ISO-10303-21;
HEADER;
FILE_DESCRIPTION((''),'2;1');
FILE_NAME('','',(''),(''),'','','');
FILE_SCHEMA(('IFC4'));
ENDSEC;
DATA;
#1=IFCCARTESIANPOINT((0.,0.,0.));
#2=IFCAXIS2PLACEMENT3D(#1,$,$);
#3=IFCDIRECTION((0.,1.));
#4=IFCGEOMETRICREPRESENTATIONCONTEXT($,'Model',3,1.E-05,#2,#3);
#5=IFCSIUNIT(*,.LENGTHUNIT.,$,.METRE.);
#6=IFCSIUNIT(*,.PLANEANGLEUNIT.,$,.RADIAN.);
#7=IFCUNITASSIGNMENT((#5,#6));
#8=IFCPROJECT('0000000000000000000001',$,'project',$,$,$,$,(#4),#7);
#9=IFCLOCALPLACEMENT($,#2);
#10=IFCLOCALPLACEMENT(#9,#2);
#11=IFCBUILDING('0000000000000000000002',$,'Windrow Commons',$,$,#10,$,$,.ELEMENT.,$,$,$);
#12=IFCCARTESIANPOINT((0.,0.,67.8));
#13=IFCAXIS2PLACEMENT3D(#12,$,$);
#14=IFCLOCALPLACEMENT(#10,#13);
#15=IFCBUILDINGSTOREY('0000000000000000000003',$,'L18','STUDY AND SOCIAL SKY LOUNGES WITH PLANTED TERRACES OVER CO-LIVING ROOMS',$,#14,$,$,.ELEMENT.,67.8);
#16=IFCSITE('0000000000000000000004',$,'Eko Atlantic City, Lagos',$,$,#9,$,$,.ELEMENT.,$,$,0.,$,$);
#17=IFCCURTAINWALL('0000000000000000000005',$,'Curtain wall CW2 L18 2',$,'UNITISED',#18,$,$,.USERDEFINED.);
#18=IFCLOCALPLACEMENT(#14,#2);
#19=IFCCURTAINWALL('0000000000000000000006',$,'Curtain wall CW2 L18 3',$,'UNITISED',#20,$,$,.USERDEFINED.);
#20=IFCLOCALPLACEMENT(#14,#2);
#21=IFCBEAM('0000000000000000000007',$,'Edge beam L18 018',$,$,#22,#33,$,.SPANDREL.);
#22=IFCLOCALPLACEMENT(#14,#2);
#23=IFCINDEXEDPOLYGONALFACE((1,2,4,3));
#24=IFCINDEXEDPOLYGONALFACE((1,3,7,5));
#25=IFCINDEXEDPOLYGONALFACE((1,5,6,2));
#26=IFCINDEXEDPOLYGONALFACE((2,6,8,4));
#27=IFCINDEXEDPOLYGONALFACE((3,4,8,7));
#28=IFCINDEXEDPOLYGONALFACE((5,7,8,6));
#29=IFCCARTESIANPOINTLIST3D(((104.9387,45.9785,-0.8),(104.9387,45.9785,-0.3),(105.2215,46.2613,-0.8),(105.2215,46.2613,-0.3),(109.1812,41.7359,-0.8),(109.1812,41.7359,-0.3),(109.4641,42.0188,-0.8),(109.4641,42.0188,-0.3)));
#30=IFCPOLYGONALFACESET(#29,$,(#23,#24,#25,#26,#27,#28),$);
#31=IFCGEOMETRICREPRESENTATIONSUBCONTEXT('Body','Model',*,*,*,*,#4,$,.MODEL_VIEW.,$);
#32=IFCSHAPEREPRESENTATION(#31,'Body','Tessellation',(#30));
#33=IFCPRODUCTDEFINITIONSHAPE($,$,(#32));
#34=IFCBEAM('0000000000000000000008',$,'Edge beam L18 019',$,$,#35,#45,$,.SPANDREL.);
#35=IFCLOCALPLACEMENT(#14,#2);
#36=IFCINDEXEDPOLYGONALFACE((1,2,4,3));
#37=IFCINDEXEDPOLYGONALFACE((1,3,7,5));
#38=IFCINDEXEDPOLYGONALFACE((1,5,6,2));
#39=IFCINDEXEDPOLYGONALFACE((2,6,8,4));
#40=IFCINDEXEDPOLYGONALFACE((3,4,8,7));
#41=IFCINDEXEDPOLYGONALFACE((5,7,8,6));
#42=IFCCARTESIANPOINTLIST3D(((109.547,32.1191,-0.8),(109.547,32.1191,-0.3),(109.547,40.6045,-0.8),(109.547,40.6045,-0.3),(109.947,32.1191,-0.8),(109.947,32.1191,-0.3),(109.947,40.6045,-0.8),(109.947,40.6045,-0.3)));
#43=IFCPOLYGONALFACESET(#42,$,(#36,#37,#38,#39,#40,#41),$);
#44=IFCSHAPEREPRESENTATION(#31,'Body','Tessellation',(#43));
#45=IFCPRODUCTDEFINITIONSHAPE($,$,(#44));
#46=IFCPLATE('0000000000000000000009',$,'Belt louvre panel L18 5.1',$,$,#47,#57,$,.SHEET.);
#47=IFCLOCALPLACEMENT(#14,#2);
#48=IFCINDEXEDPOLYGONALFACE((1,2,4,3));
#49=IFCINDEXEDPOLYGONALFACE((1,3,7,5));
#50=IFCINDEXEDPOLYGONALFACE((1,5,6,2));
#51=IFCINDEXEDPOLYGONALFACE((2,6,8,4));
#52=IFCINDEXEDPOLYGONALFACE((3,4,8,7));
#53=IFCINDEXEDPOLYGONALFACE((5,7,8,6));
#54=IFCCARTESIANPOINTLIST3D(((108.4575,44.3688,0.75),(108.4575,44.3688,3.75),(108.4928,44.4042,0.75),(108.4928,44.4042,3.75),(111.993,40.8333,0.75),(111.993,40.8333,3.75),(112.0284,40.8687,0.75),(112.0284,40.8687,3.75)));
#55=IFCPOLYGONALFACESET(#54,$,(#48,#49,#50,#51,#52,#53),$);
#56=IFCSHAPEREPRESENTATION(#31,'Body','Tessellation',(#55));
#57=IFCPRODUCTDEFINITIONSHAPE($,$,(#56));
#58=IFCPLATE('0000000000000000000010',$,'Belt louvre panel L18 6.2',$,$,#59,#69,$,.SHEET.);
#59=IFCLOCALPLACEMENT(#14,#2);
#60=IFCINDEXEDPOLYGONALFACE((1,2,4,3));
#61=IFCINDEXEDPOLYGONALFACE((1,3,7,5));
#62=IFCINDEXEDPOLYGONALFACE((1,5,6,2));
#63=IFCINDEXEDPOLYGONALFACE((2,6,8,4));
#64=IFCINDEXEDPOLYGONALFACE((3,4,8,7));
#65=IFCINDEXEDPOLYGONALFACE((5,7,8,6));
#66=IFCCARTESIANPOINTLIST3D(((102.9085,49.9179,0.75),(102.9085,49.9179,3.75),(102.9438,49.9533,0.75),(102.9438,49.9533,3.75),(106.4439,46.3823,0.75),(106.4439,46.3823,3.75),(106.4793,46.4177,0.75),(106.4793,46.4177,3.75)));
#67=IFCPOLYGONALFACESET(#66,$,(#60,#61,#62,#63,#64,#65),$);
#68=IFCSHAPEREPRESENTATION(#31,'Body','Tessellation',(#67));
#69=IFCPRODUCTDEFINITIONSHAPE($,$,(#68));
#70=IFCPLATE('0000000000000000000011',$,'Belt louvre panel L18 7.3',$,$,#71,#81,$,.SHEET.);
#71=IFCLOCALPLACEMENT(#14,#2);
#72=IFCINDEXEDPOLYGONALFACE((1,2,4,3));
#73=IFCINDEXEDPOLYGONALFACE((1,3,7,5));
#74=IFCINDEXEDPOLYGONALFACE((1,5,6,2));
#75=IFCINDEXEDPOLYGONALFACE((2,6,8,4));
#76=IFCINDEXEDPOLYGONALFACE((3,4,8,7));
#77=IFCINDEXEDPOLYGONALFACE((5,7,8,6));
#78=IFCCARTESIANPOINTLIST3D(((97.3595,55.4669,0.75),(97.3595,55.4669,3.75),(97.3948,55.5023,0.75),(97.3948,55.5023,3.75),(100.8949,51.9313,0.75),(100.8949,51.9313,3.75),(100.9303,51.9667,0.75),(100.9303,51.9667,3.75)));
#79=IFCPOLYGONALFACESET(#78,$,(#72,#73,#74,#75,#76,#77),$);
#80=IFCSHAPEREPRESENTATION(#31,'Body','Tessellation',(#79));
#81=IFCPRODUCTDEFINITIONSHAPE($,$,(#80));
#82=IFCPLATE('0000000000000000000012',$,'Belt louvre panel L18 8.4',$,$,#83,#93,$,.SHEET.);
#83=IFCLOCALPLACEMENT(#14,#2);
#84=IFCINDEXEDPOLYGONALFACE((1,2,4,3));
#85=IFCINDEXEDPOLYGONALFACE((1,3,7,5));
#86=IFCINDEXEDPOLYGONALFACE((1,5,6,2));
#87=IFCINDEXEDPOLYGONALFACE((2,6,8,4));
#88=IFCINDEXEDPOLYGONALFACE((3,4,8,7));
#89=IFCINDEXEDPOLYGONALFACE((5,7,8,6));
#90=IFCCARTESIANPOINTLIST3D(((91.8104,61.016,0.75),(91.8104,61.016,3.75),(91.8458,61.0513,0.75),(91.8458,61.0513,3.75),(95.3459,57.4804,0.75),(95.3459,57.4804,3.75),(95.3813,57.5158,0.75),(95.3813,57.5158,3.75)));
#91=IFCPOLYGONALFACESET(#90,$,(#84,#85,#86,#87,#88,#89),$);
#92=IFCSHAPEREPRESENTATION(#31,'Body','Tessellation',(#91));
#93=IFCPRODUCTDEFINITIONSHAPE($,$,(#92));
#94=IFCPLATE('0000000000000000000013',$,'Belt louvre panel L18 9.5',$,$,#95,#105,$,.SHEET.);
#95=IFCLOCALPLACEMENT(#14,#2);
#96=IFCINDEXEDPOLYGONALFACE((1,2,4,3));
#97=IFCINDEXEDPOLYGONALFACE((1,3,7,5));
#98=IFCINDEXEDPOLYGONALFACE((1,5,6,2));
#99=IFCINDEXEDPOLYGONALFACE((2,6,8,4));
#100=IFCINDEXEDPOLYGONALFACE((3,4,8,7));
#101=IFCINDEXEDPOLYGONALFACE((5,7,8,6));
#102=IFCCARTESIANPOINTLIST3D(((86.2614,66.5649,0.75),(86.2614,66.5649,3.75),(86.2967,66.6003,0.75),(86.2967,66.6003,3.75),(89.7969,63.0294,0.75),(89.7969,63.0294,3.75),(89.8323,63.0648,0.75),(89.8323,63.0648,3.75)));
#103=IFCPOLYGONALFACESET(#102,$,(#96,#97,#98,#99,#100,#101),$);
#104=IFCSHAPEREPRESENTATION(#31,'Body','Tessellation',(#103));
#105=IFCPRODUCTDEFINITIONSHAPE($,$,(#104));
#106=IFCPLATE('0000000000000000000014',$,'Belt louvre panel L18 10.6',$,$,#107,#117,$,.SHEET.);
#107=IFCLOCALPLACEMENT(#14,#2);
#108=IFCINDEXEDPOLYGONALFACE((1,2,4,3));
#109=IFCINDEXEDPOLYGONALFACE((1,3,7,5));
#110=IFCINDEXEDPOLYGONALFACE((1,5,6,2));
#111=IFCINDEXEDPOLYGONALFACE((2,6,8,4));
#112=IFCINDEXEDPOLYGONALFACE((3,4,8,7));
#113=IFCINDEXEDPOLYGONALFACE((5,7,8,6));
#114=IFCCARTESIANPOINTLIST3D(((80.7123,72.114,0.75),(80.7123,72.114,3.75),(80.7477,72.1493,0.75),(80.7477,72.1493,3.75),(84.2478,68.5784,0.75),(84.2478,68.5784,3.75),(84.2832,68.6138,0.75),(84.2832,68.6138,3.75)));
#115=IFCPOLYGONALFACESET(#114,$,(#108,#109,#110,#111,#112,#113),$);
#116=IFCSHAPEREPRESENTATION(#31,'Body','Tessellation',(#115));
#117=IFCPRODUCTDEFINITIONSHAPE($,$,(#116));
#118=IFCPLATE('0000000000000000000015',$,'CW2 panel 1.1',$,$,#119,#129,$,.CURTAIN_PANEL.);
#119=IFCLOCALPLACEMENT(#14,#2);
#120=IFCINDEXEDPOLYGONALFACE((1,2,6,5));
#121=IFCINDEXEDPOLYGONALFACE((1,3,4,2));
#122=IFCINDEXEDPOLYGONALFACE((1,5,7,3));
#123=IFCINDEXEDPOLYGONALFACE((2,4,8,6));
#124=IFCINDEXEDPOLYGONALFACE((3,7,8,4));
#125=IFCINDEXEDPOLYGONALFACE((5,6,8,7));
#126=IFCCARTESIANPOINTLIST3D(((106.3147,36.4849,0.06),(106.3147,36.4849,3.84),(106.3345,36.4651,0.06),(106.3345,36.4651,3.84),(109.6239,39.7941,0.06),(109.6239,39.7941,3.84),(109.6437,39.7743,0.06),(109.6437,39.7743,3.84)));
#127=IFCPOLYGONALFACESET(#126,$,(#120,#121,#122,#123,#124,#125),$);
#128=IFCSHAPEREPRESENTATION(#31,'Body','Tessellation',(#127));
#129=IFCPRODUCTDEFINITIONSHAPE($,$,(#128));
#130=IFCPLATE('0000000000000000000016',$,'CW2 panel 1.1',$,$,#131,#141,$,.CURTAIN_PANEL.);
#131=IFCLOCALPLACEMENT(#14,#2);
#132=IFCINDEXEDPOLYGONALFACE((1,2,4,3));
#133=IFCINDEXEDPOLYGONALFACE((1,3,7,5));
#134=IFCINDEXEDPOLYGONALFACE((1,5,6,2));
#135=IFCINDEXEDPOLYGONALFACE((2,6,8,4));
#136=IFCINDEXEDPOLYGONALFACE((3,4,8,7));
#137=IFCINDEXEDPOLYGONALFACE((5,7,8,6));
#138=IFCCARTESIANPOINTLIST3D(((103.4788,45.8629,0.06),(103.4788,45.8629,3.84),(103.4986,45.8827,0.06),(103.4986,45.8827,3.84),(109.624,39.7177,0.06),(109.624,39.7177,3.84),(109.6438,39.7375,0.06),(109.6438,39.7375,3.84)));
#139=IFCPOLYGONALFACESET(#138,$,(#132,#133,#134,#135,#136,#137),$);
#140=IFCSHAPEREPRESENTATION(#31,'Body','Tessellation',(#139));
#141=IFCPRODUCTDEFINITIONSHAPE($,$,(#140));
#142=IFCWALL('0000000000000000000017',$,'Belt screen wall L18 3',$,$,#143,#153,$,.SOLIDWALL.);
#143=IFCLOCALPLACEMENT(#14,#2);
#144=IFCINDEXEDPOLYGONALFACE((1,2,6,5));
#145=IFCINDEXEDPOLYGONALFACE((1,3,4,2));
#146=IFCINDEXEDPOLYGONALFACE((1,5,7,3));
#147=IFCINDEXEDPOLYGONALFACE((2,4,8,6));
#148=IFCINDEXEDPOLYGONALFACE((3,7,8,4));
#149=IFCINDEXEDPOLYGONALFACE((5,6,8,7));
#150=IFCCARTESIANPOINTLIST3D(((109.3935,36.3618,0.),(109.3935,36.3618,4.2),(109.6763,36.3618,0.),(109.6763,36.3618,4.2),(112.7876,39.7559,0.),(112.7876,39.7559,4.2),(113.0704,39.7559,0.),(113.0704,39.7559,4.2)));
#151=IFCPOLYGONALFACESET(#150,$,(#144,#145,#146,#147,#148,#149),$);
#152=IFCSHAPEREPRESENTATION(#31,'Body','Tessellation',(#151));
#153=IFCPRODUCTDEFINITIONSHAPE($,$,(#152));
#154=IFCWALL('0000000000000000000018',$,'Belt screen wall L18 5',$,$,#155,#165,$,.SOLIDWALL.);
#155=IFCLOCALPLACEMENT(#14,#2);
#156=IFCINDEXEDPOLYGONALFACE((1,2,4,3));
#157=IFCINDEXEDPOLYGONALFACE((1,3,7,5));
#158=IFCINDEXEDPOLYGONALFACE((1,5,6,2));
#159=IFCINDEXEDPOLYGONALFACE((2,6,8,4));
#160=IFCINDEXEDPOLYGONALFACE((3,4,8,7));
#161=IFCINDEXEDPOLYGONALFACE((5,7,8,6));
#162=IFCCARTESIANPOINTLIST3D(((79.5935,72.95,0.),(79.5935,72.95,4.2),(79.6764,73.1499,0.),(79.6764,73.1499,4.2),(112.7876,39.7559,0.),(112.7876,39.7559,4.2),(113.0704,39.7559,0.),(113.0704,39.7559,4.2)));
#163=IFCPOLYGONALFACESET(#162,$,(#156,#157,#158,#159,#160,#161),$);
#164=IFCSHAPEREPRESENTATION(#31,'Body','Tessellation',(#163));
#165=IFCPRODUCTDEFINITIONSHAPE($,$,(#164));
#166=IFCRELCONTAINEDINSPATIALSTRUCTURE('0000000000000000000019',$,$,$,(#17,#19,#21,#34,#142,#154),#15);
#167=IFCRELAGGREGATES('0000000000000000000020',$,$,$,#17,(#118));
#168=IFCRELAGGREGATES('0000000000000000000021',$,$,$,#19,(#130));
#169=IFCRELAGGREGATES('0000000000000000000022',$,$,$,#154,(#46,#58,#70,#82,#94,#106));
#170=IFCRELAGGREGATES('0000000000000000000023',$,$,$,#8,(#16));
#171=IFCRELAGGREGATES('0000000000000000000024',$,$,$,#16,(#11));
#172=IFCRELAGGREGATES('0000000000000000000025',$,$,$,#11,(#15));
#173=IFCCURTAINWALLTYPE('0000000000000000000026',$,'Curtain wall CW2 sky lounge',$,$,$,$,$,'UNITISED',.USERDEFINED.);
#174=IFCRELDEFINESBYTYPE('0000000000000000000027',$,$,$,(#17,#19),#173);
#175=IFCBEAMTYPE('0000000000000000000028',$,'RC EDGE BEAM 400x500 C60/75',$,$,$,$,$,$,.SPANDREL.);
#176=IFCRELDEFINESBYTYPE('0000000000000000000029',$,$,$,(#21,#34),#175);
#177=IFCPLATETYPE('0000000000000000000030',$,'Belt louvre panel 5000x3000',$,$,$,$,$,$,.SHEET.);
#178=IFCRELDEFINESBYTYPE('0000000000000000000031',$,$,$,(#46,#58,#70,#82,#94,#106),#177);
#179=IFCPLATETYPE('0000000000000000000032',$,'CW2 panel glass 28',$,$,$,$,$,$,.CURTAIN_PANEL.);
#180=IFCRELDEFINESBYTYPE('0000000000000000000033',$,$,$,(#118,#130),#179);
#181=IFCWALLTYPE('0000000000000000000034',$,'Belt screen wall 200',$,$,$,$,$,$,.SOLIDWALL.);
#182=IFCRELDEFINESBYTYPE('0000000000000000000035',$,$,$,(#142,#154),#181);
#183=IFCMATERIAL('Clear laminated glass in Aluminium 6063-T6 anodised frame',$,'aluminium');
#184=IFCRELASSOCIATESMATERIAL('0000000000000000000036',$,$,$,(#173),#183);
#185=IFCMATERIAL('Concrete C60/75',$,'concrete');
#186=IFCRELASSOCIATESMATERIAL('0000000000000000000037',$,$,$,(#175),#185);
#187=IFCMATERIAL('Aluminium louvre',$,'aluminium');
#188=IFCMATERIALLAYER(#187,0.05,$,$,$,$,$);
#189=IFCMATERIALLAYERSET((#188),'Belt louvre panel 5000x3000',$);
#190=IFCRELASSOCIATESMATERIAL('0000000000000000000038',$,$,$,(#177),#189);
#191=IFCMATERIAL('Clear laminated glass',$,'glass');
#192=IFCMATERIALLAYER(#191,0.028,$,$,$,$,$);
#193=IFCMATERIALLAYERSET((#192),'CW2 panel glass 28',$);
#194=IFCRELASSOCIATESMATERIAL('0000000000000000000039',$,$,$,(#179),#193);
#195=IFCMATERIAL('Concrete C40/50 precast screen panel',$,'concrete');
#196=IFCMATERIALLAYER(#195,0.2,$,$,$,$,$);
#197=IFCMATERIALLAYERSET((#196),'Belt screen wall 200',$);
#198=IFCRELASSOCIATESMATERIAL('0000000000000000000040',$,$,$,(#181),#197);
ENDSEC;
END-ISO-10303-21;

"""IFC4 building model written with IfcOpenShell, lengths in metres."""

from ifc_helpers import new_model, si_unit, direction, frame, origin, origin_2d, place, context, subcontext, project, spatial, polyline, rectangle, outline, extrude, material, layer, layer_set, material_profile, profile_set, type_object, element, aggregate, save


model = new_model("IFC4")

# Units and contexts
model_context = context("Model", 3, precision=1e-05, world=origin(), true_north=direction((0.0, 1.0)))
body_context = subcontext(model_context, "Body", "Model", "MODEL_VIEW")
ifc_project = project(units=[si_unit("LENGTHUNIT", "METRE"), si_unit("PLANEANGLEUNIT", "RADIAN")], contexts=[model_context])

# Site, building, storey
site_placement = place(None, origin())
site = spatial("IfcSite", under=ifc_project, at=site_placement, Name="Eko Atlantic City, Lagos", CompositionType="ELEMENT", RefElevation=0.0)
building_placement = place(site_placement, origin())
building = spatial("IfcBuilding", under=site, at=building_placement, Name="Windrow Commons", CompositionType="ELEMENT")
storey_placement = place(building_placement, frame((0.0, 0.0, 67.8)))
storey = spatial("IfcBuildingStorey", under=building, at=storey_placement, Name="L18", Description="STUDY AND SOCIAL SKY LOUNGES WITH PLANTED TERRACES OVER CO-LIVING ROOMS", CompositionType="ELEMENT", Elevation=67.8)

# Shared definitions
ifc_material_1 = material(Name="Clear laminated glass in Aluminium 6063-T6 anodised frame", Category="aluminium")
curtain_wall_type = type_object("IfcCurtainWallType", Name="Curtain wall CW2 sky lounge", ElementType="UNITISED", PredefinedType="USERDEFINED", material=ifc_material_1)
placement = place(storey_placement, origin())

# Curtain walls
curtain_wall_1 = element("IfcCurtainWall", 1, at=placement, inside=storey, type_object=curtain_wall_type, Name="Curtain wall CW2 L18 2", ObjectType="UNITISED", PredefinedType="USERDEFINED")
curtain_wall_2 = element("IfcCurtainWall", 2, at=placement, inside=storey, type_object=curtain_wall_type, Name="Curtain wall CW2 L18 3", ObjectType="UNITISED", PredefinedType="USERDEFINED")

# Beams
ifc_material_2 = material(Name="Concrete C60/75", Category="concrete")
ifc_material_profile_1 = material_profile(ifc_material_2, rectangle(XDim=0.4, YDim=0.5, at=origin_2d()))
ifc_profile_set_1 = profile_set([ifc_material_profile_1], Name="Concrete C60/75")
beam_type = type_object("IfcBeamType", Name="RC EDGE BEAM 400x500 C60/75", PredefinedType="SPANDREL", material=ifc_profile_set_1)
beam_1_placement = place(storey_placement, frame((105.0801, 46.1199, -0.55), z_axis=(0.707107, -0.707107, 0.0), x_axis=(0.707107, 0.707107, 0.0)))
element("IfcBeam", 3, at=beam_1_placement, inside=storey, type_object=beam_type, Name="Edge beam L18 018", PredefinedType="SPANDREL", context=body_context, shape_type="SweptSolid", body=[
    extrude(rectangle(XDim=0.4, YDim=0.5, at=origin_2d()), origin(), (0.0, 0.0, 1.0), 5.9999),
])
beam_2_placement = place(storey_placement, frame((109.747, 40.6045, -0.55), z_axis=(0.0, -1.0, 0.0), x_axis=(1.0, 0.0, 0.0)))
element("IfcBeam", 4, at=beam_2_placement, inside=storey, type_object=beam_type, Name="Edge beam L18 019", PredefinedType="SPANDREL", context=body_context, shape_type="SweptSolid", body=[
    extrude(rectangle(XDim=0.4, YDim=0.5, at=origin_2d()), origin(), (0.0, 0.0, 1.0), 8.4854),
])

# Plates
ifc_material_3 = material(Name="Aluminium louvre", Category="aluminium")
ifc_layer_1 = layer(ifc_material_3, 0.05)
ifc_layer_set_1 = layer_set([ifc_layer_1], Name="Belt louvre panel 5000x3000")
plate_type_1 = type_object("IfcPlateType", Name="Belt louvre panel 5000x3000", PredefinedType="SHEET", material=ifc_layer_set_1)
plate_1_placement = place(storey_placement, frame((112.0284, 40.8687, 0.75), z_axis=(0.707097, 0.707117, 0.0), x_axis=(-0.707117, 0.707097, 0.0)))
plate_1 = element("IfcPlate", 5, at=plate_1_placement, type_object=plate_type_1, Name="Belt louvre panel L18 5.1", PredefinedType="SHEET", context=body_context, shape_type="SweptSolid", body=[
    extrude(outline(polyline([(0.0, 0.0), (5.0, 0.0), (5.0, 3.0), (0.0, 3.0), (0.0, 0.0)])), origin(), (0.0, 0.0, -1.0), 0.05),
])
plate_2_placement = place(storey_placement, frame((106.4793, 46.4177, 0.75), z_axis=(0.707117, 0.707097, 0.0), x_axis=(-0.707097, 0.707117, 0.0)))
plate_2 = element("IfcPlate", 6, at=plate_2_placement, type_object=plate_type_1, Name="Belt louvre panel L18 6.2", PredefinedType="SHEET", context=body_context, shape_type="SweptSolid", body=[
    extrude(outline(polyline([(0.0, 0.0), (5.0, 0.0), (5.0, 3.0), (0.0, 3.0), (0.0, 0.0)])), origin(), (0.0, 0.0, -1.0), 0.05),
])
plate_3_placement = place(storey_placement, frame((100.9303, 51.9667, 0.75), z_axis=(0.707117, 0.707097, 0.0), x_axis=(-0.707097, 0.707117, 0.0)))
plate_3 = element("IfcPlate", 7, at=plate_3_placement, type_object=plate_type_1, Name="Belt louvre panel L18 7.3", PredefinedType="SHEET", context=body_context, shape_type="SweptSolid", body=[
    extrude(outline(polyline([(0.0, 0.0), (5.0, 0.0), (5.0, 3.0), (0.0, 3.0), (0.0, 0.0)])), origin(), (0.0, 0.0, -1.0), 0.05),
])
plate_4_placement = place(storey_placement, frame((95.3813, 57.5158, 0.75), z_axis=(0.707107, 0.707107, 0.0), x_axis=(-0.707107, 0.707107, 0.0)))
plate_4 = element("IfcPlate", 8, at=plate_4_placement, type_object=plate_type_1, Name="Belt louvre panel L18 8.4", PredefinedType="SHEET", context=body_context, shape_type="SweptSolid", body=[
    extrude(outline(polyline([(0.0, 0.0), (5.0, 0.0), (5.0, 3.0), (0.0, 3.0), (0.0, 0.0)])), origin(), (0.0, 0.0, -1.0), 0.05),
])
plate_5_placement = place(storey_placement, frame((89.8323, 63.0648, 0.75), z_axis=(0.707097, 0.707117, 0.0), x_axis=(-0.707117, 0.707097, 0.0)))
plate_5 = element("IfcPlate", 9, at=plate_5_placement, type_object=plate_type_1, Name="Belt louvre panel L18 9.5", PredefinedType="SHEET", context=body_context, shape_type="SweptSolid", body=[
    extrude(outline(polyline([(0.0, 0.0), (5.0, 0.0), (5.0, 3.0), (0.0, 3.0), (0.0, 0.0)])), origin(), (0.0, 0.0, -1.0), 0.05),
])
plate_6_placement = place(storey_placement, frame((84.2832, 68.6138, 0.75), z_axis=(0.707107, 0.707107, 0.0), x_axis=(-0.707107, 0.707107, 0.0)))
plate_6 = element("IfcPlate", 10, at=plate_6_placement, type_object=plate_type_1, Name="Belt louvre panel L18 10.6", PredefinedType="SHEET", context=body_context, shape_type="SweptSolid", body=[
    extrude(outline(polyline([(0.0, 0.0), (5.0, 0.0), (5.0, 3.0), (0.0, 3.0), (0.0, 0.0)])), origin(), (0.0, 0.0, -1.0), 0.05),
])
ifc_material_4 = material(Name="Clear laminated glass", Category="glass")
ifc_layer_2 = layer(ifc_material_4, 0.028)
ifc_layer_set_2 = layer_set([ifc_layer_2], Name="CW2 panel glass 28")
plate_type_2 = type_object("IfcPlateType", Name="CW2 panel glass 28", PredefinedType="CURTAIN_PANEL", material=ifc_layer_set_2)
plate_7_placement = place(storey_placement, frame((107.9792, 38.1296, 0.06), z_axis=(0.0, 0.0, 1.0), x_axis=(0.707107, 0.707107, 0.0)))
plate_7 = element("IfcPlate", 11, at=plate_7_placement, type_object=plate_type_2, Name="CW2 panel 1.1", PredefinedType="CURTAIN_PANEL", context=body_context, shape_type="SweptSolid", body=[
    extrude(rectangle(XDim=4.68, YDim=0.028, at=origin_2d()), origin(), (0.0, 0.0, 1.0), 3.78),
])
aggregate(curtain_wall_1, [plate_7])
plate_8_placement = place(storey_placement, frame((106.5613, 42.8002, 0.06), z_axis=(0.0, 0.0, 1.0), x_axis=(-0.707107, 0.707107, 0.0)))
plate_8 = element("IfcPlate", 12, at=plate_8_placement, type_object=plate_type_2, Name="CW2 panel 1.1", PredefinedType="CURTAIN_PANEL", context=body_context, shape_type="SweptSolid", body=[
    extrude(rectangle(XDim=8.6906, YDim=0.028, at=origin_2d()), origin(), (0.0, 0.0, 1.0), 3.78),
])
aggregate(curtain_wall_2, [plate_8])

# Walls
ifc_material_5 = material(Name="Concrete C40/50 precast screen panel", Category="concrete")
ifc_layer_3 = layer(ifc_material_5, 0.2)
ifc_layer_set_3 = layer_set([ifc_layer_3], Name="Belt screen wall 200")
wall_type_1 = type_object("IfcWallType", Name="Belt screen wall 200", PredefinedType="SOLIDWALL", material=ifc_layer_set_3)
wall_1_placement = place(storey_placement, frame((109.5349, 36.3618, 0.0), z_axis=(0.0, 0.0, 1.0), x_axis=(0.707107, 0.707107, 0.0)))
element("IfcWall", 13, at=wall_1_placement, inside=storey, type_object=wall_type_1, Name="Belt screen wall L18 3", PredefinedType="SOLIDWALL", context=body_context, shape_type="SweptSolid", body=[
    extrude(outline(polyline([(0.1, -0.1), (4.9, -0.1), (4.7, 0.1), (-0.1, 0.1), (0.1, -0.1)])), origin(), (0.0, 0.0, 1.0), 4.2),
])
wall_2_placement = place(storey_placement, frame((112.929, 39.7559, 0.0), z_axis=(0.0, 0.0, 1.0), x_axis=(-0.707107, 0.707107, 0.0)))
wall_2 = element("IfcWall", 14, at=wall_2_placement, inside=storey, type_object=wall_type_1, Name="Belt screen wall L18 5", PredefinedType="SOLIDWALL", context=body_context, shape_type="SweptSolid", body=[
    extrude(outline(polyline([(-0.1, -0.1), (47.1263, -0.1), (47.0435, 0.1), (0.1, 0.1), (-0.1, -0.1)])), origin(), (0.0, 0.0, 1.0), 4.2),
])
aggregate(wall_2, [plate_1, plate_2, plate_3, plate_4, plate_5, plate_6])

save(model, "model.ifc")
